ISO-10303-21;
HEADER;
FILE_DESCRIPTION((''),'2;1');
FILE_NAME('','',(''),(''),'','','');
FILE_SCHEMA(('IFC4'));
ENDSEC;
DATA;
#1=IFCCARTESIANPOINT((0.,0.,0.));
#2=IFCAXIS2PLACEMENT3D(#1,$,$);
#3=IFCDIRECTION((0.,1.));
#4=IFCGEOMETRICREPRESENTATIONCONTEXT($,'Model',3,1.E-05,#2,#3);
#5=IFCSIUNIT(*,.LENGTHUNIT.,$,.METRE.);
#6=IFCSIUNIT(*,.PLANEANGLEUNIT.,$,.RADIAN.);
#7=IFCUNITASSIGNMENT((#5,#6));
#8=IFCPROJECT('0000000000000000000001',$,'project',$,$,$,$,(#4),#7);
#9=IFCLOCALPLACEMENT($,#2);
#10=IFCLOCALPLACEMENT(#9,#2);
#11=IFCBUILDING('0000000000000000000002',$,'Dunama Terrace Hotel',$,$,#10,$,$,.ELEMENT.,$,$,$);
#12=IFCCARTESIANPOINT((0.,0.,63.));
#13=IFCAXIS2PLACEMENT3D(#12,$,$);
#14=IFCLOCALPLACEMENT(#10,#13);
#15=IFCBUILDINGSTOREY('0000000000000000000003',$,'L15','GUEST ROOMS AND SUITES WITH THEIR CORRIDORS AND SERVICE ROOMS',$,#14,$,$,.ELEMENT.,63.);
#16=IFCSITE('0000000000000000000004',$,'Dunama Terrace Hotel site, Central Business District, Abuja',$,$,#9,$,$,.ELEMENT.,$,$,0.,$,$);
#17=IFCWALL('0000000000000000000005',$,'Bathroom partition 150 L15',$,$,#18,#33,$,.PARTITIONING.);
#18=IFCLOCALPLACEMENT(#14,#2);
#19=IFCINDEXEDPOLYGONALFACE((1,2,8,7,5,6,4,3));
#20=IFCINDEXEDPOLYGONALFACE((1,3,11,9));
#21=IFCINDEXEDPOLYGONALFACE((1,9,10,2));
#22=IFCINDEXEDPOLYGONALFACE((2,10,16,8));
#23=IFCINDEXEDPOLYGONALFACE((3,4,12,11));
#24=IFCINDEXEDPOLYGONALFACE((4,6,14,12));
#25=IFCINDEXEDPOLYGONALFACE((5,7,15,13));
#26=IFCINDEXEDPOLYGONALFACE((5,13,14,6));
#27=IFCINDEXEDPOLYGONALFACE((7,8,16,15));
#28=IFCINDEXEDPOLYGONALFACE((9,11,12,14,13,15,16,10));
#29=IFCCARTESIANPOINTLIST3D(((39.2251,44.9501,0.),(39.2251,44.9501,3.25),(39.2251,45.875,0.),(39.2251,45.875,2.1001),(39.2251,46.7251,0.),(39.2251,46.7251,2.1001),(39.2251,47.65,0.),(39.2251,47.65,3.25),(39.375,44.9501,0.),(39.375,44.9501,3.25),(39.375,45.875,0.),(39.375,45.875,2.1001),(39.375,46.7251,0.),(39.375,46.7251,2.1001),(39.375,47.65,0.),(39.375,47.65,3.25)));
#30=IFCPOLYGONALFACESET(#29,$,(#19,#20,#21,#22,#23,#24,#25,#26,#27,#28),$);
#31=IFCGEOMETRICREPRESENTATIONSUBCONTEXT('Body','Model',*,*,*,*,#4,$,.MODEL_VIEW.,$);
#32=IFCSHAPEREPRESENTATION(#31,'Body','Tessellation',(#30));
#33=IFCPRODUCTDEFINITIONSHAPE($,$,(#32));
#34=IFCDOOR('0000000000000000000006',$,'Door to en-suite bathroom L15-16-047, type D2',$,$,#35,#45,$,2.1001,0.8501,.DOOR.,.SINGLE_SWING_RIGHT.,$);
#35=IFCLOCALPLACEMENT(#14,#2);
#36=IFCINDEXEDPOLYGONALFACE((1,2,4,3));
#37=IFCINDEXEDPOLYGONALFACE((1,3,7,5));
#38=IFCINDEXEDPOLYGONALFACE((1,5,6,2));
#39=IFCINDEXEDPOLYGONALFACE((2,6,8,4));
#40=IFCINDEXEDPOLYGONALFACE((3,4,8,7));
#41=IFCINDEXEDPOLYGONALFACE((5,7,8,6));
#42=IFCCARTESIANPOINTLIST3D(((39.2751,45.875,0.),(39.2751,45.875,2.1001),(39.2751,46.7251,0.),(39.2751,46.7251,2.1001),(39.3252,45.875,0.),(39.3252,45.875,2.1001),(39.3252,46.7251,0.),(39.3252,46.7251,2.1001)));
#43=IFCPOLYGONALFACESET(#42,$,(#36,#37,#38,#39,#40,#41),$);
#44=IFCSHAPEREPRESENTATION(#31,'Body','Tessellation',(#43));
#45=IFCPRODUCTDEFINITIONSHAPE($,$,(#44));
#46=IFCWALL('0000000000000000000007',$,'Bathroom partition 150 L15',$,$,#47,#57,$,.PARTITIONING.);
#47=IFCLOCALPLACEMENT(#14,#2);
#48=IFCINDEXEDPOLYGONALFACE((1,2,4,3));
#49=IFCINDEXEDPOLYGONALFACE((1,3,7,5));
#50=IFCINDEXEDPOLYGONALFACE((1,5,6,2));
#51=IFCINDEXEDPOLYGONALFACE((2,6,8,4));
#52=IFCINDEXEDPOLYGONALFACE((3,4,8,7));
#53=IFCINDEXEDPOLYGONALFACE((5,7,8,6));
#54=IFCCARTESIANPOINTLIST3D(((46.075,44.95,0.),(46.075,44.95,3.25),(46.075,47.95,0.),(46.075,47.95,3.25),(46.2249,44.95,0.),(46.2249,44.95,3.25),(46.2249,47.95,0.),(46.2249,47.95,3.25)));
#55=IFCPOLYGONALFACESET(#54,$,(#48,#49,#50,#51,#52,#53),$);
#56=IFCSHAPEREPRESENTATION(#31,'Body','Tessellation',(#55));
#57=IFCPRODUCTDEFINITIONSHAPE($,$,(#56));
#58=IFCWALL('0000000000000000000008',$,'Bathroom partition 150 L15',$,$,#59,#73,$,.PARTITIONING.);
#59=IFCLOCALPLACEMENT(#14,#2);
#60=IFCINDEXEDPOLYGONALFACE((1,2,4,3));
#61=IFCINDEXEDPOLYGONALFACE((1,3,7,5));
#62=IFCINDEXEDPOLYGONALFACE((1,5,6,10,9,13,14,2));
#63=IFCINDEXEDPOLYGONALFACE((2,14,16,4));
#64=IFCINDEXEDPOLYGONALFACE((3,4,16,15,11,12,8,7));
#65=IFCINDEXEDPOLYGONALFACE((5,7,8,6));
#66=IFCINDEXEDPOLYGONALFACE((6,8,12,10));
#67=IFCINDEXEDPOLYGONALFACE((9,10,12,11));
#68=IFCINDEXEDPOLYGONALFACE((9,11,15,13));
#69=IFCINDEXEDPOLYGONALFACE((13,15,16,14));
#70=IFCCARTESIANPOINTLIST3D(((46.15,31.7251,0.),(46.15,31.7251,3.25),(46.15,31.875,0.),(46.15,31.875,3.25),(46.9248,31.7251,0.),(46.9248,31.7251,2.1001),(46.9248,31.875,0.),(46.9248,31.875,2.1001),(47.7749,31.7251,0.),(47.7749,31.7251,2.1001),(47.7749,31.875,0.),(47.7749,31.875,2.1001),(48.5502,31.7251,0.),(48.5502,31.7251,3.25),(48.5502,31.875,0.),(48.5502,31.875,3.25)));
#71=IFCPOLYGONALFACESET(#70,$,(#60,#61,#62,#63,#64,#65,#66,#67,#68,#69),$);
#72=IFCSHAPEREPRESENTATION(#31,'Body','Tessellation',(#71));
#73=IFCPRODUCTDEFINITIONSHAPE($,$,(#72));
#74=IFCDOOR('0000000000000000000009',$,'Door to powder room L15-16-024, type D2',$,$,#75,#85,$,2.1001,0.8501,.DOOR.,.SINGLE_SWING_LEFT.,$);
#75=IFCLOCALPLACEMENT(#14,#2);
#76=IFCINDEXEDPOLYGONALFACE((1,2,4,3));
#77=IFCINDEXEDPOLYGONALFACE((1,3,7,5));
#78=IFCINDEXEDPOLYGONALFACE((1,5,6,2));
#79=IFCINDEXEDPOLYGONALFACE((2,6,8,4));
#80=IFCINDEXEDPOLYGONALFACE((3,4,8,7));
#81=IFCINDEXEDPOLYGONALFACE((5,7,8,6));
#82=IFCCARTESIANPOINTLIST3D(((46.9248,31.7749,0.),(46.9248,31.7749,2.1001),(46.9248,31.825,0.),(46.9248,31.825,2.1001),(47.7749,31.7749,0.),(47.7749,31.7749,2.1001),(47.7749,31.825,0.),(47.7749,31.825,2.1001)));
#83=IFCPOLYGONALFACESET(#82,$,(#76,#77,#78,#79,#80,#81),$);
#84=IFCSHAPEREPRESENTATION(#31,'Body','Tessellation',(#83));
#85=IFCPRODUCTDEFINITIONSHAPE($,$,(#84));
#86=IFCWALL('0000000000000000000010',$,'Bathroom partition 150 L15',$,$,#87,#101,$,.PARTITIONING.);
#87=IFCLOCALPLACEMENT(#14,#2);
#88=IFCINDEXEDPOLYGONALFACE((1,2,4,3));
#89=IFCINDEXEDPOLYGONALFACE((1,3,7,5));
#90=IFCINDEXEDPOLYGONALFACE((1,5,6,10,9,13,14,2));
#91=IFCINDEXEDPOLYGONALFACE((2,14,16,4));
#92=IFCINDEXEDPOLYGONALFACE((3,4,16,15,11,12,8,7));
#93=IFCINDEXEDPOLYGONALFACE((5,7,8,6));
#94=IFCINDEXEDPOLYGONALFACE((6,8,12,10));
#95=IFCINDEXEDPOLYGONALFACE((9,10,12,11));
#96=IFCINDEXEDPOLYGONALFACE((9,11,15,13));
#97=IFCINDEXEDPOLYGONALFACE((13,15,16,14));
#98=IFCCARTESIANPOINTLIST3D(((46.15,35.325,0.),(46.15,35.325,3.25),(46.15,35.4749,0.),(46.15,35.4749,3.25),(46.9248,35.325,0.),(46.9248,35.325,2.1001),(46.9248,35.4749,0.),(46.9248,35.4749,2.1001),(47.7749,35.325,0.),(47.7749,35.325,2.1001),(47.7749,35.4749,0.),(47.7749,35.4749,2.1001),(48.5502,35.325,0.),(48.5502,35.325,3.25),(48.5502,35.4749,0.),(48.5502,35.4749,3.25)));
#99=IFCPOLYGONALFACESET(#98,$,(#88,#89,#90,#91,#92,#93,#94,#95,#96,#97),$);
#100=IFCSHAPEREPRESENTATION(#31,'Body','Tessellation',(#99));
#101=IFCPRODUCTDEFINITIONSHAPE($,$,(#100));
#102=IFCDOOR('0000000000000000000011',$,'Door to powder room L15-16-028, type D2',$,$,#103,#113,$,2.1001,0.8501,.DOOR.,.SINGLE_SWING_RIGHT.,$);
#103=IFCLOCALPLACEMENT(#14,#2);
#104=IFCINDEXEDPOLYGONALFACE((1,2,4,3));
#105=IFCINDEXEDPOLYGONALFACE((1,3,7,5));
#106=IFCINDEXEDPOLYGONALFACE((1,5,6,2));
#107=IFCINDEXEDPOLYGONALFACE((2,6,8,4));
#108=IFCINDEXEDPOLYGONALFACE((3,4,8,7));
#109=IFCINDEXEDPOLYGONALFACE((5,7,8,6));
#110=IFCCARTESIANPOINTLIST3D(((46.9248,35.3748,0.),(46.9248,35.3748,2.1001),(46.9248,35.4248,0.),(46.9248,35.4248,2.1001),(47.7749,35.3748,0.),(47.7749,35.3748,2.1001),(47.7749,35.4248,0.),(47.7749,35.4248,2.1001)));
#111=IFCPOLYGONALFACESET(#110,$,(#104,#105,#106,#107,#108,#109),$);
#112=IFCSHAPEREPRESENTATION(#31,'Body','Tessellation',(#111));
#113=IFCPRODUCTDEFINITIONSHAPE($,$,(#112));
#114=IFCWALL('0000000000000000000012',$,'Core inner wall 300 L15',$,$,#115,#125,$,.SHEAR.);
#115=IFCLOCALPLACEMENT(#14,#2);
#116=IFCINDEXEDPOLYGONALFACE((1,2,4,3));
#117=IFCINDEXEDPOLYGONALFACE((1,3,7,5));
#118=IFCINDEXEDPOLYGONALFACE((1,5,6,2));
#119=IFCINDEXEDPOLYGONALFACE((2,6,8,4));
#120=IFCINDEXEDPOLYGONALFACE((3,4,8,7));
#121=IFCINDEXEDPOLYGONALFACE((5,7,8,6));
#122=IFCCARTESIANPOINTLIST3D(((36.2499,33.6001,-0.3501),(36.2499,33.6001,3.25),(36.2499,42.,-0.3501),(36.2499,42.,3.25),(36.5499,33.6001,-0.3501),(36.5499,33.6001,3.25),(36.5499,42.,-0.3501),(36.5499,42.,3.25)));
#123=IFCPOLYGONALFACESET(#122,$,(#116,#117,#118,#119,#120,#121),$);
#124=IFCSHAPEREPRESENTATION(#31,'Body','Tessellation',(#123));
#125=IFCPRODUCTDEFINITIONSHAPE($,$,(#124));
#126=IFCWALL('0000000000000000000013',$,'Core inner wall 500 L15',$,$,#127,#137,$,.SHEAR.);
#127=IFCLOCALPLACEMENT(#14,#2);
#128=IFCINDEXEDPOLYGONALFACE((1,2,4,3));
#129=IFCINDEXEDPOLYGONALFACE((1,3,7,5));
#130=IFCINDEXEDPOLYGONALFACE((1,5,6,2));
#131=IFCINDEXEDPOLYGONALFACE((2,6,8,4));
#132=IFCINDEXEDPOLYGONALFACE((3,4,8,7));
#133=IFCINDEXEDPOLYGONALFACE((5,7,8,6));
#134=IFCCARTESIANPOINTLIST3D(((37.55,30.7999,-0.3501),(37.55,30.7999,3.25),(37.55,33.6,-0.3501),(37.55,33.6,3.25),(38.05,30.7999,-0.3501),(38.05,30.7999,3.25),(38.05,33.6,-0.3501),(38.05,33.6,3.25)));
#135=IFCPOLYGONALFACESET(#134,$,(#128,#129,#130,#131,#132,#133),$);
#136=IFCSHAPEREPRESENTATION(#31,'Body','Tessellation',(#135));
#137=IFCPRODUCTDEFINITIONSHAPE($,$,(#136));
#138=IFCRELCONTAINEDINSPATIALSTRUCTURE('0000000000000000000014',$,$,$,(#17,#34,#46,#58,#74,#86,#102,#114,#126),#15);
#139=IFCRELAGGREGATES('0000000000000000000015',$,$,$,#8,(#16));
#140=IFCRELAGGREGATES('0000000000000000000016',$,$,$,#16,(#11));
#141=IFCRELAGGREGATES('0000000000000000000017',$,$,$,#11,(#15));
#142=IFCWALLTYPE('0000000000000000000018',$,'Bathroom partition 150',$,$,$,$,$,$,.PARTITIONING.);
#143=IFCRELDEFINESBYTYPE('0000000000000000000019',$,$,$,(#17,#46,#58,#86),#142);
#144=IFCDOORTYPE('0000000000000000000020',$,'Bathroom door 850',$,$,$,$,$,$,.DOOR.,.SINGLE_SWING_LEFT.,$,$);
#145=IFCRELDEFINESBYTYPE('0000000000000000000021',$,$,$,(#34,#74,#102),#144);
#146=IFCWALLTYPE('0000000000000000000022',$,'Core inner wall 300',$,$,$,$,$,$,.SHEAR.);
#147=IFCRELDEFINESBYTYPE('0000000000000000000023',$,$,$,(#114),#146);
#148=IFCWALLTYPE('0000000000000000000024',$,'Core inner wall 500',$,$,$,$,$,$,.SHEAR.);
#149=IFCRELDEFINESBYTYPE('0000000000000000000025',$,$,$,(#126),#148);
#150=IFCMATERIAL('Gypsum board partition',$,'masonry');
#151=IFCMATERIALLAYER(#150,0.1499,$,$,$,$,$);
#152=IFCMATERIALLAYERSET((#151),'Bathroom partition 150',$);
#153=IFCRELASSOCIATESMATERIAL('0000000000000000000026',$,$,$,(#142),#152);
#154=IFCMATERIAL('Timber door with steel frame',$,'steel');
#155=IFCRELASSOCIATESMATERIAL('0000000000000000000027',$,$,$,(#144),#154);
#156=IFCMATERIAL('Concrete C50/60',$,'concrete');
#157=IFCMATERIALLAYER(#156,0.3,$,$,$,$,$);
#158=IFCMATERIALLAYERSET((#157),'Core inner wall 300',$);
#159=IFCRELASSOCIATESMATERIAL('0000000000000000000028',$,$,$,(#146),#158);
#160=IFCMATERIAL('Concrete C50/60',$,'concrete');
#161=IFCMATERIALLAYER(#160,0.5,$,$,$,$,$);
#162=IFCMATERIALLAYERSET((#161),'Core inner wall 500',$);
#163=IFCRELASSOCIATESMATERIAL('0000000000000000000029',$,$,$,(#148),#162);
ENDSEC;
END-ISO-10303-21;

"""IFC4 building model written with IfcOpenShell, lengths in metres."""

from ifc_helpers import new_model, si_unit, direction, frame, frame_2d, origin, place, context, subcontext, project, spatial, rectangle, extrude, material, layer, layer_set, type_object, element, fill, save


model = new_model("IFC4")

# Units and contexts
model_context = context("Model", 3, precision=1e-05, world=origin(), true_north=direction((0.0, 1.0)))
body_context = subcontext(model_context, "Body", "Model", "MODEL_VIEW")
ifc_project = project(units=[si_unit("LENGTHUNIT", "METRE"), si_unit("PLANEANGLEUNIT", "RADIAN")], contexts=[model_context])

# Site, building, storey
site_placement = place(None, origin())
site = spatial("IfcSite", under=ifc_project, at=site_placement, Name="Dunama Terrace Hotel site, Central Business District, Abuja", CompositionType="ELEMENT", RefElevation=0.0)
building_placement = place(site_placement, origin())
building = spatial("IfcBuilding", under=site, at=building_placement, Name="Dunama Terrace Hotel", CompositionType="ELEMENT")
storey_placement = place(building_placement, frame((0.0, 0.0, 63.0)))
storey = spatial("IfcBuildingStorey", under=building, at=storey_placement, Name="L15", Description="GUEST ROOMS AND SUITES WITH THEIR CORRIDORS AND SERVICE ROOMS", CompositionType="ELEMENT", Elevation=63.0)

# Wall, opening, door
ifc_material_1 = material(Name="Gypsum board partition", Category="masonry")
ifc_layer_1 = layer(ifc_material_1, 0.1499)
ifc_layer_set_1 = layer_set([ifc_layer_1], Name="Bathroom partition 150")
wall_type_1 = type_object("IfcWallType", Name="Bathroom partition 150", PredefinedType="PARTITIONING", material=ifc_layer_set_1)
wall_1_placement = place(storey_placement, frame((39.3, 44.95, 0.0), z_axis=(0.0, 0.0, 1.0), x_axis=(0.0, 1.0, 0.0)))
wall_1 = element("IfcWall", 1, at=wall_1_placement, inside=storey, type_object=wall_type_1, Name="Bathroom partition 150 L15", PredefinedType="PARTITIONING", context=body_context, shape_type="SweptSolid", body=[
    extrude(rectangle(XDim=2.7, YDim=0.1499, at=frame_2d((1.3501, 0.0))), origin(), (0.0, 0.0, 1.0), 3.25),
])
opening_1_placement = place(wall_1_placement, frame((0.925, 0.0, 0.0)))
opening_1 = element("IfcOpeningElement", 2, at=opening_1_placement, cuts=wall_1, PredefinedType="OPENING", context=body_context, shape_type="SweptSolid", body=[
    extrude(rectangle(XDim=0.8501, YDim=2.1001, at=frame_2d((0.425, 1.05))), frame((0.0, 0.085, 0.0), z_axis=(0.0, -1.0, 0.0), x_axis=(1.0, 0.0, 0.0)), (0.0, 0.0, 1.0), 0.1699),
])
ifc_material_2 = material(Name="Timber door with steel frame", Category="steel")
door_type_1 = type_object("IfcDoorType", Name="Bathroom door 850", OperationType="SINGLE_SWING_LEFT", PredefinedType="DOOR", material=ifc_material_2)
door_1_placement = place(opening_1_placement, frame((0.8501, 0.0, 0.0), z_axis=(0.0, 0.0, 1.0), x_axis=(-1.0, 0.0, 0.0)))
door_1 = element("IfcDoor", 3, at=door_1_placement, inside=storey, type_object=door_type_1, Name="Door to en-suite bathroom L15-16-047, type D2", OperationType="SINGLE_SWING_RIGHT", OverallHeight=2.1001, OverallWidth=0.8501, PredefinedType="DOOR", context=body_context, shape_type="SweptSolid", body=[
    extrude(rectangle(XDim=0.8501, YDim=2.1001, at=frame_2d((0.425, 1.05))), frame((0.0, 0.0251, 0.0), z_axis=(0.0, -1.0, 0.0), x_axis=(1.0, 0.0, 0.0)), (0.0, 0.0, 1.0), 0.05),
])
fill(opening_1, door_1)

# Wall
wall_2_placement = place(storey_placement, frame((46.1499, 44.95, 0.0), z_axis=(0.0, 0.0, 1.0), x_axis=(0.0, 1.0, 0.0)))
element("IfcWall", 4, at=wall_2_placement, inside=storey, type_object=wall_type_1, Name="Bathroom partition 150 L15", PredefinedType="PARTITIONING", context=body_context, shape_type="SweptSolid", body=[
    extrude(rectangle(XDim=3.0, YDim=0.1499, at=frame_2d((1.5, 0.0))), origin(), (0.0, 0.0, 1.0), 3.25),
])

# Walls, openings, doors
wall_3_placement = place(storey_placement, frame((46.1499, 31.8, 0.0), z_axis=(0.0, 0.0, 1.0), x_axis=(1.0, 0.0, 0.0)))
wall_3 = element("IfcWall", 5, at=wall_3_placement, inside=storey, type_object=wall_type_1, Name="Bathroom partition 150 L15", PredefinedType="PARTITIONING", context=body_context, shape_type="SweptSolid", body=[
    extrude(rectangle(XDim=2.4001, YDim=0.1499, at=frame_2d((1.2002, 0.0))), origin(), (0.0, 0.0, 1.0), 3.25),
])
opening_2_placement = place(wall_3_placement, frame((0.7749, 0.0, 0.0)))
opening_2 = element("IfcOpeningElement", 6, at=opening_2_placement, cuts=wall_3, PredefinedType="OPENING", context=body_context, shape_type="SweptSolid", body=[
    extrude(rectangle(XDim=0.8501, YDim=2.1001, at=frame_2d((0.425, 1.05))), frame((0.0, 0.085, 0.0), z_axis=(0.0, -1.0, 0.0), x_axis=(1.0, 0.0, 0.0)), (0.0, 0.0, 1.0), 0.1699),
])
door_2_placement = place(opening_2_placement, origin())
door_2 = element("IfcDoor", 7, at=door_2_placement, inside=storey, type_object=door_type_1, Name="Door to powder room L15-16-024, type D2", OperationType="SINGLE_SWING_LEFT", OverallHeight=2.1001, OverallWidth=0.8501, PredefinedType="DOOR", context=body_context, shape_type="SweptSolid", body=[
    extrude(rectangle(XDim=0.8501, YDim=2.1001, at=frame_2d((0.425, 1.05))), frame((0.0, 0.0249, 0.0), z_axis=(0.0, -1.0, 0.0), x_axis=(1.0, 0.0, 0.0)), (0.0, 0.0, 1.0), 0.05),
])
fill(opening_2, door_2)
wall_4_placement = place(storey_placement, frame((46.1499, 35.3999, 0.0), z_axis=(0.0, 0.0, 1.0), x_axis=(1.0, 0.0, 0.0)))
wall_4 = element("IfcWall", 8, at=wall_4_placement, inside=storey, type_object=wall_type_1, Name="Bathroom partition 150 L15", PredefinedType="PARTITIONING", context=body_context, shape_type="SweptSolid", body=[
    extrude(rectangle(XDim=2.4001, YDim=0.1499, at=frame_2d((1.2002, 0.0))), origin(), (0.0, 0.0, 1.0), 3.25),
])
opening_3_placement = place(wall_4_placement, frame((0.7749, 0.0, 0.0)))
opening_3 = element("IfcOpeningElement", 9, at=opening_3_placement, cuts=wall_4, PredefinedType="OPENING", context=body_context, shape_type="SweptSolid", body=[
    extrude(rectangle(XDim=0.8501, YDim=2.1001, at=frame_2d((0.425, 1.05))), frame((0.0, 0.085, 0.0), z_axis=(0.0, -1.0, 0.0), x_axis=(1.0, 0.0, 0.0)), (0.0, 0.0, 1.0), 0.1699),
])
door_3_placement = place(opening_3_placement, frame((0.8501, 0.0, 0.0), z_axis=(0.0, 0.0, 1.0), x_axis=(-1.0, 0.0, 0.0)))
door_3 = element("IfcDoor", 10, at=door_3_placement, inside=storey, type_object=door_type_1, Name="Door to powder room L15-16-028, type D2", OperationType="SINGLE_SWING_RIGHT", OverallHeight=2.1001, OverallWidth=0.8501, PredefinedType="DOOR", context=body_context, shape_type="SweptSolid", body=[
    extrude(rectangle(XDim=0.8501, YDim=2.1001, at=frame_2d((0.425, 1.05))), frame((0.0, 0.0251, 0.0), z_axis=(0.0, -1.0, 0.0), x_axis=(1.0, 0.0, 0.0)), (0.0, 0.0, 1.0), 0.05),
])
fill(opening_3, door_3)

# Walls
ifc_material_3 = material(Name="Concrete C50/60", Category="concrete")
ifc_layer_2 = layer(ifc_material_3, 0.3)
ifc_layer_set_2 = layer_set([ifc_layer_2], Name="Core inner wall 300")
wall_type_2 = type_object("IfcWallType", Name="Core inner wall 300", PredefinedType="SHEAR", material=ifc_layer_set_2)
wall_5_placement = place(storey_placement, frame((36.3999, 33.6001, -0.3501), z_axis=(0.0, 0.0, 1.0), x_axis=(0.0, 1.0, 0.0)))
element("IfcWall", 11, at=wall_5_placement, inside=storey, type_object=wall_type_2, Name="Core inner wall 300 L15", PredefinedType="SHEAR", context=body_context, shape_type="SweptSolid", body=[
    extrude(rectangle(XDim=8.3999, YDim=0.3, at=frame_2d((4.2, 0.0))), origin(), (0.0, 0.0, 1.0), 3.6001),
])
ifc_material_4 = material(Name="Concrete C50/60", Category="concrete")
ifc_layer_3 = layer(ifc_material_4, 0.5)
ifc_layer_set_3 = layer_set([ifc_layer_3], Name="Core inner wall 500")
wall_type_3 = type_object("IfcWallType", Name="Core inner wall 500", PredefinedType="SHEAR", material=ifc_layer_set_3)
wall_6_placement = place(storey_placement, frame((37.8, 30.8, -0.3501), z_axis=(0.0, 0.0, 1.0), x_axis=(0.0, 1.0, 0.0)))
element("IfcWall", 12, at=wall_6_placement, inside=storey, type_object=wall_type_3, Name="Core inner wall 500 L15", PredefinedType="SHEAR", context=body_context, shape_type="SweptSolid", body=[
    extrude(rectangle(XDim=2.8, YDim=0.5, at=frame_2d((1.3999, 0.0))), origin(), (0.0, 0.0, 1.0), 3.6001),
])

save(model, "model.ifc")
